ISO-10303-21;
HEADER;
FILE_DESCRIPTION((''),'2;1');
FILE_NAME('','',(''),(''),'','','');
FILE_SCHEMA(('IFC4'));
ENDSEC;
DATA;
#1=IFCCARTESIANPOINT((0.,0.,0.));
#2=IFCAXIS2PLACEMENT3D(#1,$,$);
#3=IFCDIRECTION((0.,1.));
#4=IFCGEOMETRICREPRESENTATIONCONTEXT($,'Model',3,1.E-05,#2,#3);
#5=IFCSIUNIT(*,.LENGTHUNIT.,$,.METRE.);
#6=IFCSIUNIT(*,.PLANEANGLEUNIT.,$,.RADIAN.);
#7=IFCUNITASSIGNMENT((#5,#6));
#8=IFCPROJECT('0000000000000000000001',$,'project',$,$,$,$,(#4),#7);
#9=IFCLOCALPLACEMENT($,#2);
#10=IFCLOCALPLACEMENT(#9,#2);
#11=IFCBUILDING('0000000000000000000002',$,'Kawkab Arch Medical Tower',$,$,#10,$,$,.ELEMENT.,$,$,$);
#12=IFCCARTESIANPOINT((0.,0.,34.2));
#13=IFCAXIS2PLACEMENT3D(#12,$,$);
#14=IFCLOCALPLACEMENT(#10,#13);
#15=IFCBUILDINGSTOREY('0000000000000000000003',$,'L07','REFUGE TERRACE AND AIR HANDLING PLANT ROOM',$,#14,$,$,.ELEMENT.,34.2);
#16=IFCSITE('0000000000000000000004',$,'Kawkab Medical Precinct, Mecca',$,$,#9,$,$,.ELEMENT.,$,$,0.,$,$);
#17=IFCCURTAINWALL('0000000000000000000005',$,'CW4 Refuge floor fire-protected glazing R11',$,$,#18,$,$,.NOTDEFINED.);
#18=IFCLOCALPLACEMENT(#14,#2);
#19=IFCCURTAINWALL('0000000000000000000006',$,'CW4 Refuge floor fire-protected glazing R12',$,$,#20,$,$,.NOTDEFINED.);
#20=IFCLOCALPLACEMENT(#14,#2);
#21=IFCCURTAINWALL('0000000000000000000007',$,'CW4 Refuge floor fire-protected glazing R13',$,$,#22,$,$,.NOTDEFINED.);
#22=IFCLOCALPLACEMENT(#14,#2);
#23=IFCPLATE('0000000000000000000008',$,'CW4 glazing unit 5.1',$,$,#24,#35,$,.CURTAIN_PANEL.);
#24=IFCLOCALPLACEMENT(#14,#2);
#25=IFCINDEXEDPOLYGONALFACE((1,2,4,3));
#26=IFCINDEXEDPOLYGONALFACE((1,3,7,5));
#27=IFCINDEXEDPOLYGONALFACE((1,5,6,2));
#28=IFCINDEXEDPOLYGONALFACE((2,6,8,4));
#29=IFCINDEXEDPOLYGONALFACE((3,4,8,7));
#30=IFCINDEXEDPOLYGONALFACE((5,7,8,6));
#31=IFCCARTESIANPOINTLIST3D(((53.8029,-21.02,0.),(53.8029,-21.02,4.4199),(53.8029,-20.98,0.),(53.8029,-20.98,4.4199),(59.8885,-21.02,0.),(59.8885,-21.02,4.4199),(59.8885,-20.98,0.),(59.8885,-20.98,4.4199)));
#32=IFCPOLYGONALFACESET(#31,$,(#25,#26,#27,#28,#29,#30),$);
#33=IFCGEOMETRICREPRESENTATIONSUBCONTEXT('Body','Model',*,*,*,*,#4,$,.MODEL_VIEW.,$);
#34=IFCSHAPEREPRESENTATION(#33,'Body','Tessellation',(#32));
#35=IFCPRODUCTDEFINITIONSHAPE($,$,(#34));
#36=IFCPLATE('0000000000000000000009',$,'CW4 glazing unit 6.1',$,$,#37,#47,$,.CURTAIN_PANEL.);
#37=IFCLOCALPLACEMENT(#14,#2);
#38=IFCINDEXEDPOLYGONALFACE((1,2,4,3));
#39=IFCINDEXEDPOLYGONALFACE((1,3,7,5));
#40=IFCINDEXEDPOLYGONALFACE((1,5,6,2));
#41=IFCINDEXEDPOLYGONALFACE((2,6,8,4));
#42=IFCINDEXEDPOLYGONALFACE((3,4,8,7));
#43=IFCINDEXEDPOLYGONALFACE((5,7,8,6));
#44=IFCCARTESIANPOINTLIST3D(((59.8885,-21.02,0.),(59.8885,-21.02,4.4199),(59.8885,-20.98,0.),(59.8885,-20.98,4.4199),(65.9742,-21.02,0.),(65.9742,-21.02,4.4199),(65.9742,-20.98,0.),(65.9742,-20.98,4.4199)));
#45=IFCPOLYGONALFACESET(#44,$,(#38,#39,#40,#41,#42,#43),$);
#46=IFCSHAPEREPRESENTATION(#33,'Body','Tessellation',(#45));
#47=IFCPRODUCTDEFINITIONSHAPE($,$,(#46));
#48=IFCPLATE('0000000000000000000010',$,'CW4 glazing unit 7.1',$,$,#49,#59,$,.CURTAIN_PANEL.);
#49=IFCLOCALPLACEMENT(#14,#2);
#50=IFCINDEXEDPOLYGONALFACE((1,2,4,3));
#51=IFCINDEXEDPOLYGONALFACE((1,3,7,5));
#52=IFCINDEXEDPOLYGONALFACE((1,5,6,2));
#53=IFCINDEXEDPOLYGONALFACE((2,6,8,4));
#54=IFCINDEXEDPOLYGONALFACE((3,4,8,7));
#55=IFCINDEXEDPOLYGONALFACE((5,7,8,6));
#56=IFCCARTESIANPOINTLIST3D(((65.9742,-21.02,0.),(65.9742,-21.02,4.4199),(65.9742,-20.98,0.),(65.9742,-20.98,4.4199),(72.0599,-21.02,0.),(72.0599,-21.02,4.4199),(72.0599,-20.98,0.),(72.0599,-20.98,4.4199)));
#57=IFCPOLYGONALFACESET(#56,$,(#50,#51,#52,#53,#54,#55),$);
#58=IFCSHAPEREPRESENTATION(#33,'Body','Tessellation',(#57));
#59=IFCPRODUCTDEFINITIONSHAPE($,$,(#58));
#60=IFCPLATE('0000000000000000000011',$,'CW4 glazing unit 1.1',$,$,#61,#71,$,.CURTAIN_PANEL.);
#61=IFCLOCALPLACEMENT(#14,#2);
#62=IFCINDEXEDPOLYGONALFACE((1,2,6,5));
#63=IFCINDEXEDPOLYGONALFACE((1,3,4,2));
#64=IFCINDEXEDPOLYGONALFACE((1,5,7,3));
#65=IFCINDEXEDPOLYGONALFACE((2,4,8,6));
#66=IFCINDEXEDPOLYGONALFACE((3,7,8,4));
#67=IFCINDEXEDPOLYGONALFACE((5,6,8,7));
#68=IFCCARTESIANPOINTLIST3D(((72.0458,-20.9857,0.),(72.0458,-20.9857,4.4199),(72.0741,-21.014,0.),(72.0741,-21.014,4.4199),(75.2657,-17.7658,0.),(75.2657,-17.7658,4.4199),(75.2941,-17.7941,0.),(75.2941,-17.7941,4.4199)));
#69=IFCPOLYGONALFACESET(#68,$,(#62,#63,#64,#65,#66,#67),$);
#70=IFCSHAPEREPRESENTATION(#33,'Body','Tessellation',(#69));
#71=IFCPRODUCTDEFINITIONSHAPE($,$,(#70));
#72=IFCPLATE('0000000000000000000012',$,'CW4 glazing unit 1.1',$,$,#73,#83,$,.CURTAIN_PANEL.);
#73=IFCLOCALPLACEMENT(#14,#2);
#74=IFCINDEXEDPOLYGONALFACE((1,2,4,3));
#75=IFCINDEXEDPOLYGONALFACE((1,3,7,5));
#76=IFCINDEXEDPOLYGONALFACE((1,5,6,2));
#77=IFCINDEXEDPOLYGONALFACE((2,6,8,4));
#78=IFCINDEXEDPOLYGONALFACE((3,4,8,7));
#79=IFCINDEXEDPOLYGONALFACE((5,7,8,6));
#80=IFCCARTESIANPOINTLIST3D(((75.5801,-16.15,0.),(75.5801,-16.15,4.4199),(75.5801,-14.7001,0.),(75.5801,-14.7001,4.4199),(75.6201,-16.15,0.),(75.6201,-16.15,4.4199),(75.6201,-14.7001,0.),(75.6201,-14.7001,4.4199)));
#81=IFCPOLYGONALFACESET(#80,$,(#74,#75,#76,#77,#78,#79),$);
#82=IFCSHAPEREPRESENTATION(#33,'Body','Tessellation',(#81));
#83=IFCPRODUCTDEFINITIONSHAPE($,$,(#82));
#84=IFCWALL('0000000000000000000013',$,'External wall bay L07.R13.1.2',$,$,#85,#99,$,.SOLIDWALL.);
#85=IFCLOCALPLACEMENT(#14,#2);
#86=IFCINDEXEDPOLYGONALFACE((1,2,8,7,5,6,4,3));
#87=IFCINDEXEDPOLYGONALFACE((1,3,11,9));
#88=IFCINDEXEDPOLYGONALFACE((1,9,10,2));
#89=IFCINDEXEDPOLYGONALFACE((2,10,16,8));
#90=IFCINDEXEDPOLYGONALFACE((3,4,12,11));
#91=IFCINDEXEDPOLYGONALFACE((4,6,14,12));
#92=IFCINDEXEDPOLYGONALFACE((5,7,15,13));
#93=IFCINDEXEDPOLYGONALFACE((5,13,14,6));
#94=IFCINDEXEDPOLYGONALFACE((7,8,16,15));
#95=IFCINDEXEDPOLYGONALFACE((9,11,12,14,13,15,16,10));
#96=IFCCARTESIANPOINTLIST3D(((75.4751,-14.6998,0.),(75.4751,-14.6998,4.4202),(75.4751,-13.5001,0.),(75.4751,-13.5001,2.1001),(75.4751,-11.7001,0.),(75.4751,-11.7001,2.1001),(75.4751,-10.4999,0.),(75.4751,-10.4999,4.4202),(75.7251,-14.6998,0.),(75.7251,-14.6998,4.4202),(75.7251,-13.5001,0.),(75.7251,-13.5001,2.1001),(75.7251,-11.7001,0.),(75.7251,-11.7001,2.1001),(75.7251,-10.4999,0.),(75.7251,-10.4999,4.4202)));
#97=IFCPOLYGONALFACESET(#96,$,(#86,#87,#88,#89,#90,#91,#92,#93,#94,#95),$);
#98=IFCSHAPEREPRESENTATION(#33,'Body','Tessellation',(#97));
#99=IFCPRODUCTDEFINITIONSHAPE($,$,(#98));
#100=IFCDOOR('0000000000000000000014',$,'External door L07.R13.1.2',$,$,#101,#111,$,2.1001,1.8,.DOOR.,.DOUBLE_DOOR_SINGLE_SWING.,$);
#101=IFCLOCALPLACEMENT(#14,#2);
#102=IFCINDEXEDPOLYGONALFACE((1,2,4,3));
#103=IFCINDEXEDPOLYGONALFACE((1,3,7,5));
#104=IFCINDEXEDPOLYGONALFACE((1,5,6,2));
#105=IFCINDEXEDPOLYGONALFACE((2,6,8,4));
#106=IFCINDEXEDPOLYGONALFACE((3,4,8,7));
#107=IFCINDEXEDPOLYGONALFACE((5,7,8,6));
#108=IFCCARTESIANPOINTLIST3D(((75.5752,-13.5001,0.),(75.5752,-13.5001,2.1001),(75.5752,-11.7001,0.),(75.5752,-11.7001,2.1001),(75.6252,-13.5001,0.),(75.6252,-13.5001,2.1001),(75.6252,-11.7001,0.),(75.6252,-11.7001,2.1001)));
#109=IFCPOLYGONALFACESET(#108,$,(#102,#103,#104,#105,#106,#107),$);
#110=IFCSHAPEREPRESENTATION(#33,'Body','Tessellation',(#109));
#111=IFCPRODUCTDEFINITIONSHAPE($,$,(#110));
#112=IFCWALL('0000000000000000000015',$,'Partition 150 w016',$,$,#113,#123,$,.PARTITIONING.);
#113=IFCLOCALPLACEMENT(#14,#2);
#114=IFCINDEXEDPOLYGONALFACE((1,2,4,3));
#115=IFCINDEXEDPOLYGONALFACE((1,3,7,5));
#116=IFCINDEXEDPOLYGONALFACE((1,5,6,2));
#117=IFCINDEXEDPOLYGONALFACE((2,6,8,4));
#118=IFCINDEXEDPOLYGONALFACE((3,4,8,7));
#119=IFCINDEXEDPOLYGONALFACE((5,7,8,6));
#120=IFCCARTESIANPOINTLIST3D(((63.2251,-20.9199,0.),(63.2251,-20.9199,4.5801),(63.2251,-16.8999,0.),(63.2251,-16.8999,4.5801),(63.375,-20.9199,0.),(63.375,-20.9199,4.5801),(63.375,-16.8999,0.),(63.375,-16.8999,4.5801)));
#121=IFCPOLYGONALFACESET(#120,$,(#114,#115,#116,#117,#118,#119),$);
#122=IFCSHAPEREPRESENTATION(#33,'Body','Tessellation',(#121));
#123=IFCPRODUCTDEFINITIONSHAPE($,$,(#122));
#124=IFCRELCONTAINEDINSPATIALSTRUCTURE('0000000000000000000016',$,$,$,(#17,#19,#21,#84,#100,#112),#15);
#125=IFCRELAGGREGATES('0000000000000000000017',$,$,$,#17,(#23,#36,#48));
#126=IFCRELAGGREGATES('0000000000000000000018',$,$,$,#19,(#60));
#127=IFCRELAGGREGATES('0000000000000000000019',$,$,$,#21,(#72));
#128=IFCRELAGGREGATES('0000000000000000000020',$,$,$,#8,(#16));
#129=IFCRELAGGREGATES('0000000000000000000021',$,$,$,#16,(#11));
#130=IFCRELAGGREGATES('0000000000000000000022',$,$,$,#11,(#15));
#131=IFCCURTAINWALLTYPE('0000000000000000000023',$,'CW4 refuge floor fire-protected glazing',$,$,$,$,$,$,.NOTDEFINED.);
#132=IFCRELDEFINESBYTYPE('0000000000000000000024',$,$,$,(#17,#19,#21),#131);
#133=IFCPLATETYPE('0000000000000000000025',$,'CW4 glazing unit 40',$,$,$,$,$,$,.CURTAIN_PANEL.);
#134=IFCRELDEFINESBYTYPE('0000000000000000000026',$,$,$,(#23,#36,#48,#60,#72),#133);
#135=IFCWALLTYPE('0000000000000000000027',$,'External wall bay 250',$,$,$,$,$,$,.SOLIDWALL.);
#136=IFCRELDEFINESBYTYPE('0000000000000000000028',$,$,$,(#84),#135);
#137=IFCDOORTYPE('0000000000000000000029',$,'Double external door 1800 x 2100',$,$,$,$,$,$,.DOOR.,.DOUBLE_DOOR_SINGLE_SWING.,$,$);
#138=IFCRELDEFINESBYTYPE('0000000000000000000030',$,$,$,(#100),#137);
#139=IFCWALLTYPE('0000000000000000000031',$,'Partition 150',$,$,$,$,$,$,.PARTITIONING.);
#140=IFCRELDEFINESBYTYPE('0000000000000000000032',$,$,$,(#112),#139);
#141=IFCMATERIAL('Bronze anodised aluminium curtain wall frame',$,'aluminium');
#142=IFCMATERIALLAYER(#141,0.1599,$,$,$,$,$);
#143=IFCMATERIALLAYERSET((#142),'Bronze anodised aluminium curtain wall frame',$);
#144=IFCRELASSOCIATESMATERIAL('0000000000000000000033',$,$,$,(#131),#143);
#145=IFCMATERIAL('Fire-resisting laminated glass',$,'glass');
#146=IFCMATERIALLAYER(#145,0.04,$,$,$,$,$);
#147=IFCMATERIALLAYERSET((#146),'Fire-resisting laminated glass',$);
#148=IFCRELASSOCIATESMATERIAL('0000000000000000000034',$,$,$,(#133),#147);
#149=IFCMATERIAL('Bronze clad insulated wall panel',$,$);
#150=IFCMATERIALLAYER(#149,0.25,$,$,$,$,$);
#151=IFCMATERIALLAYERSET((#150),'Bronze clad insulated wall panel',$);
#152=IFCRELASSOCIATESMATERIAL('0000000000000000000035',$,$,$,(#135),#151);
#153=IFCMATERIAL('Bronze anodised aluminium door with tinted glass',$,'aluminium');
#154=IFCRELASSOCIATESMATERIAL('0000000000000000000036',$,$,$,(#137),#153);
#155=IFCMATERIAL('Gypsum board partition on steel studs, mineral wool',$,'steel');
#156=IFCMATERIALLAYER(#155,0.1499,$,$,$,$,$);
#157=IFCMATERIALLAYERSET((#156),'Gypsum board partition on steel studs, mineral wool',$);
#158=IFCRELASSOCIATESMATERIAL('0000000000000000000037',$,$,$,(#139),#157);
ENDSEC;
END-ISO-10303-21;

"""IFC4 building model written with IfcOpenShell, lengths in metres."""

from ifc_helpers import new_model, si_unit, direction, frame, frame_2d, origin, origin_2d, place, context, subcontext, project, spatial, rectangle, extrude, material, layer, layer_set, type_object, element, fill, aggregate, save


model = new_model("IFC4")

# Units and contexts
model_context = context("Model", 3, precision=1e-05, world=origin(), true_north=direction((0.0, 1.0)))
body_context = subcontext(model_context, "Body", "Model", "MODEL_VIEW")
ifc_project = project(units=[si_unit("LENGTHUNIT", "METRE"), si_unit("PLANEANGLEUNIT", "RADIAN")], contexts=[model_context])

# Site, building, storey
site_placement = place(None, origin())
site = spatial("IfcSite", under=ifc_project, at=site_placement, Name="Kawkab Medical Precinct, Mecca", CompositionType="ELEMENT", RefElevation=0.0)
building_placement = place(site_placement, origin())
building = spatial("IfcBuilding", under=site, at=building_placement, Name="Kawkab Arch Medical Tower", CompositionType="ELEMENT")
storey_placement = place(building_placement, frame((0.0, 0.0, 34.2)))
storey = spatial("IfcBuildingStorey", under=building, at=storey_placement, Name="L07", Description="REFUGE TERRACE AND AIR HANDLING PLANT ROOM", CompositionType="ELEMENT", Elevation=34.2)

# Curtain wall
ifc_material_1 = material(Name="Bronze anodised aluminium curtain wall frame", Category="aluminium")
ifc_layer_1 = layer(ifc_material_1, 0.1599)
ifc_layer_set_1 = layer_set([ifc_layer_1], Name="Bronze anodised aluminium curtain wall frame")
curtain_wall_type = type_object("IfcCurtainWallType", Name="CW4 refuge floor fire-protected glazing", PredefinedType="NOTDEFINED", material=ifc_layer_set_1)
placement = place(storey_placement, origin())
curtain_wall_1 = element("IfcCurtainWall", 1, at=placement, inside=storey, type_object=curtain_wall_type, Name="CW4 Refuge floor fire-protected glazing R11", PredefinedType="NOTDEFINED")

# Curtain walls
curtain_wall_2 = element("IfcCurtainWall", 2, at=placement, inside=storey, type_object=curtain_wall_type, Name="CW4 Refuge floor fire-protected glazing R12", PredefinedType="NOTDEFINED")
curtain_wall_3 = element("IfcCurtainWall", 3, at=placement, inside=storey, type_object=curtain_wall_type, Name="CW4 Refuge floor fire-protected glazing R13", PredefinedType="NOTDEFINED")

# Plates
ifc_material_2 = material(Name="Fire-resisting laminated glass", Category="glass")
ifc_layer_2 = layer(ifc_material_2, 0.04)
ifc_layer_set_2 = layer_set([ifc_layer_2], Name="Fire-resisting laminated glass")
plate_type = type_object("IfcPlateType", Name="CW4 glazing unit 40", PredefinedType="CURTAIN_PANEL", material=ifc_layer_set_2)
plate_1_placement = place(storey_placement, frame((56.8457, -21.0, 0.0), z_axis=(0.0, 0.0, 1.0), x_axis=(1.0, 0.0, 0.0)))
plate_1 = element("IfcPlate", 4, at=plate_1_placement, type_object=plate_type, Name="CW4 glazing unit 5.1", PredefinedType="CURTAIN_PANEL", context=body_context, shape_type="SweptSolid", body=[
    extrude(rectangle(XDim=6.0857, YDim=0.04, at=origin_2d()), origin(), (0.0, 0.0, 1.0), 4.4199),
])
plate_2_placement = place(storey_placement, frame((62.9314, -21.0, 0.0), z_axis=(0.0, 0.0, 1.0), x_axis=(1.0, 0.0, 0.0)))
plate_2 = element("IfcPlate", 5, at=plate_2_placement, type_object=plate_type, Name="CW4 glazing unit 6.1", PredefinedType="CURTAIN_PANEL", context=body_context, shape_type="SweptSolid", body=[
    extrude(rectangle(XDim=6.0857, YDim=0.04, at=origin_2d()), origin(), (0.0, 0.0, 1.0), 4.4199),
])
plate_3_placement = place(storey_placement, frame((69.0171, -21.0, 0.0), z_axis=(0.0, 0.0, 1.0), x_axis=(1.0, 0.0, 0.0)))
plate_3 = element("IfcPlate", 6, at=plate_3_placement, type_object=plate_type, Name="CW4 glazing unit 7.1", PredefinedType="CURTAIN_PANEL", context=body_context, shape_type="SweptSolid", body=[
    extrude(rectangle(XDim=6.0857, YDim=0.04, at=origin_2d()), origin(), (0.0, 0.0, 1.0), 4.4199),
])
aggregate(curtain_wall_1, [plate_1, plate_2, plate_3])
plate_4_placement = place(storey_placement, frame((73.6699, -19.3899, 0.0), z_axis=(0.0, 0.0, 1.0), x_axis=(0.707107, 0.707107, 0.0)))
plate_4 = element("IfcPlate", 7, at=plate_4_placement, type_object=plate_type, Name="CW4 glazing unit 1.1", PredefinedType="CURTAIN_PANEL", context=body_context, shape_type="SweptSolid", body=[
    extrude(rectangle(XDim=4.5537, YDim=0.04, at=origin_2d()), origin(), (0.0, 0.0, 1.0), 4.4199),
])
aggregate(curtain_wall_2, [plate_4])
plate_5_placement = place(storey_placement, frame((75.6001, -15.425, 0.0), z_axis=(0.0, 0.0, 1.0), x_axis=(0.0, 1.0, 0.0)))
plate_5 = element("IfcPlate", 8, at=plate_5_placement, type_object=plate_type, Name="CW4 glazing unit 1.1", PredefinedType="CURTAIN_PANEL", context=body_context, shape_type="SweptSolid", body=[
    extrude(rectangle(XDim=1.45, YDim=0.04, at=origin_2d()), origin(), (0.0, 0.0, 1.0), 4.4199),
])
aggregate(curtain_wall_3, [plate_5])

# Wall, opening, door
ifc_material_3 = material(Name="Bronze clad insulated wall panel")
ifc_layer_3 = layer(ifc_material_3, 0.25)
ifc_layer_set_3 = layer_set([ifc_layer_3], Name="Bronze clad insulated wall panel")
wall_type_1 = type_object("IfcWallType", Name="External wall bay 250", PredefinedType="SOLIDWALL", material=ifc_layer_set_3)
wall_1_placement = place(storey_placement, frame((75.6001, -14.7, 0.0), z_axis=(0.0, 0.0, 1.0), x_axis=(0.0, 1.0, 0.0)))
wall_1 = element("IfcWall", 9, at=wall_1_placement, inside=storey, type_object=wall_type_1, Name="External wall bay L07.R13.1.2", PredefinedType="SOLIDWALL", context=body_context, shape_type="SweptSolid", body=[
    extrude(rectangle(XDim=4.2, YDim=0.25, at=frame_2d((2.1001, 0.0))), origin(), (0.0, 0.0, 1.0), 4.4202),
])
opening_placement = place(wall_1_placement, frame((1.2, 0.0, 0.0)))
opening = element("IfcOpeningElement", 10, at=opening_placement, cuts=wall_1, PredefinedType="OPENING", context=body_context, shape_type="SweptSolid", body=[
    extrude(rectangle(XDim=1.8, YDim=2.1001, at=frame_2d((0.8999, 1.05))), frame((0.0, 0.135, 0.0), z_axis=(0.0, -1.0, 0.0), x_axis=(1.0, 0.0, 0.0)), (0.0, 0.0, 1.0), 0.27),
])
ifc_material_4 = material(Name="Bronze anodised aluminium door with tinted glass", Category="aluminium")
door_type = type_object("IfcDoorType", Name="Double external door 1800 x 2100", OperationType="DOUBLE_DOOR_SINGLE_SWING", PredefinedType="DOOR", material=ifc_material_4)
door_placement = place(opening_placement, origin())
door = element("IfcDoor", 11, at=door_placement, inside=storey, type_object=door_type, Name="External door L07.R13.1.2", OperationType="DOUBLE_DOOR_SINGLE_SWING", OverallHeight=2.1001, OverallWidth=1.8, PredefinedType="DOOR", context=body_context, shape_type="SweptSolid", body=[
    extrude(rectangle(XDim=1.8, YDim=2.1001, at=frame_2d((0.8999, 1.05))), frame((0.0, 0.0249, 0.0), z_axis=(0.0, -1.0, 0.0), x_axis=(1.0, 0.0, 0.0)), (0.0, 0.0, 1.0), 0.05),
])
fill(opening, door)

# Wall
ifc_material_5 = material(Name="Gypsum board partition on steel studs, mineral wool", Category="steel")
ifc_layer_4 = layer(ifc_material_5, 0.1499)
ifc_layer_set_4 = layer_set([ifc_layer_4], Name="Gypsum board partition on steel studs, mineral wool")
wall_type_2 = type_object("IfcWallType", Name="Partition 150", PredefinedType="PARTITIONING", material=ifc_layer_set_4)
wall_2_placement = place(storey_placement, frame((63.3, -20.9199, 0.0), z_axis=(0.0, 0.0, 1.0), x_axis=(0.0, 1.0, 0.0)))
element("IfcWall", 12, at=wall_2_placement, inside=storey, type_object=wall_type_2, Name="Partition 150 w016", PredefinedType="PARTITIONING", context=body_context, shape_type="SweptSolid", body=[
    extrude(rectangle(XDim=4.02, YDim=0.1499, at=frame_2d((2.01, 0.0))), origin(), (0.0, 0.0, 1.0), 4.5801),
])

save(model, "model.ifc")
